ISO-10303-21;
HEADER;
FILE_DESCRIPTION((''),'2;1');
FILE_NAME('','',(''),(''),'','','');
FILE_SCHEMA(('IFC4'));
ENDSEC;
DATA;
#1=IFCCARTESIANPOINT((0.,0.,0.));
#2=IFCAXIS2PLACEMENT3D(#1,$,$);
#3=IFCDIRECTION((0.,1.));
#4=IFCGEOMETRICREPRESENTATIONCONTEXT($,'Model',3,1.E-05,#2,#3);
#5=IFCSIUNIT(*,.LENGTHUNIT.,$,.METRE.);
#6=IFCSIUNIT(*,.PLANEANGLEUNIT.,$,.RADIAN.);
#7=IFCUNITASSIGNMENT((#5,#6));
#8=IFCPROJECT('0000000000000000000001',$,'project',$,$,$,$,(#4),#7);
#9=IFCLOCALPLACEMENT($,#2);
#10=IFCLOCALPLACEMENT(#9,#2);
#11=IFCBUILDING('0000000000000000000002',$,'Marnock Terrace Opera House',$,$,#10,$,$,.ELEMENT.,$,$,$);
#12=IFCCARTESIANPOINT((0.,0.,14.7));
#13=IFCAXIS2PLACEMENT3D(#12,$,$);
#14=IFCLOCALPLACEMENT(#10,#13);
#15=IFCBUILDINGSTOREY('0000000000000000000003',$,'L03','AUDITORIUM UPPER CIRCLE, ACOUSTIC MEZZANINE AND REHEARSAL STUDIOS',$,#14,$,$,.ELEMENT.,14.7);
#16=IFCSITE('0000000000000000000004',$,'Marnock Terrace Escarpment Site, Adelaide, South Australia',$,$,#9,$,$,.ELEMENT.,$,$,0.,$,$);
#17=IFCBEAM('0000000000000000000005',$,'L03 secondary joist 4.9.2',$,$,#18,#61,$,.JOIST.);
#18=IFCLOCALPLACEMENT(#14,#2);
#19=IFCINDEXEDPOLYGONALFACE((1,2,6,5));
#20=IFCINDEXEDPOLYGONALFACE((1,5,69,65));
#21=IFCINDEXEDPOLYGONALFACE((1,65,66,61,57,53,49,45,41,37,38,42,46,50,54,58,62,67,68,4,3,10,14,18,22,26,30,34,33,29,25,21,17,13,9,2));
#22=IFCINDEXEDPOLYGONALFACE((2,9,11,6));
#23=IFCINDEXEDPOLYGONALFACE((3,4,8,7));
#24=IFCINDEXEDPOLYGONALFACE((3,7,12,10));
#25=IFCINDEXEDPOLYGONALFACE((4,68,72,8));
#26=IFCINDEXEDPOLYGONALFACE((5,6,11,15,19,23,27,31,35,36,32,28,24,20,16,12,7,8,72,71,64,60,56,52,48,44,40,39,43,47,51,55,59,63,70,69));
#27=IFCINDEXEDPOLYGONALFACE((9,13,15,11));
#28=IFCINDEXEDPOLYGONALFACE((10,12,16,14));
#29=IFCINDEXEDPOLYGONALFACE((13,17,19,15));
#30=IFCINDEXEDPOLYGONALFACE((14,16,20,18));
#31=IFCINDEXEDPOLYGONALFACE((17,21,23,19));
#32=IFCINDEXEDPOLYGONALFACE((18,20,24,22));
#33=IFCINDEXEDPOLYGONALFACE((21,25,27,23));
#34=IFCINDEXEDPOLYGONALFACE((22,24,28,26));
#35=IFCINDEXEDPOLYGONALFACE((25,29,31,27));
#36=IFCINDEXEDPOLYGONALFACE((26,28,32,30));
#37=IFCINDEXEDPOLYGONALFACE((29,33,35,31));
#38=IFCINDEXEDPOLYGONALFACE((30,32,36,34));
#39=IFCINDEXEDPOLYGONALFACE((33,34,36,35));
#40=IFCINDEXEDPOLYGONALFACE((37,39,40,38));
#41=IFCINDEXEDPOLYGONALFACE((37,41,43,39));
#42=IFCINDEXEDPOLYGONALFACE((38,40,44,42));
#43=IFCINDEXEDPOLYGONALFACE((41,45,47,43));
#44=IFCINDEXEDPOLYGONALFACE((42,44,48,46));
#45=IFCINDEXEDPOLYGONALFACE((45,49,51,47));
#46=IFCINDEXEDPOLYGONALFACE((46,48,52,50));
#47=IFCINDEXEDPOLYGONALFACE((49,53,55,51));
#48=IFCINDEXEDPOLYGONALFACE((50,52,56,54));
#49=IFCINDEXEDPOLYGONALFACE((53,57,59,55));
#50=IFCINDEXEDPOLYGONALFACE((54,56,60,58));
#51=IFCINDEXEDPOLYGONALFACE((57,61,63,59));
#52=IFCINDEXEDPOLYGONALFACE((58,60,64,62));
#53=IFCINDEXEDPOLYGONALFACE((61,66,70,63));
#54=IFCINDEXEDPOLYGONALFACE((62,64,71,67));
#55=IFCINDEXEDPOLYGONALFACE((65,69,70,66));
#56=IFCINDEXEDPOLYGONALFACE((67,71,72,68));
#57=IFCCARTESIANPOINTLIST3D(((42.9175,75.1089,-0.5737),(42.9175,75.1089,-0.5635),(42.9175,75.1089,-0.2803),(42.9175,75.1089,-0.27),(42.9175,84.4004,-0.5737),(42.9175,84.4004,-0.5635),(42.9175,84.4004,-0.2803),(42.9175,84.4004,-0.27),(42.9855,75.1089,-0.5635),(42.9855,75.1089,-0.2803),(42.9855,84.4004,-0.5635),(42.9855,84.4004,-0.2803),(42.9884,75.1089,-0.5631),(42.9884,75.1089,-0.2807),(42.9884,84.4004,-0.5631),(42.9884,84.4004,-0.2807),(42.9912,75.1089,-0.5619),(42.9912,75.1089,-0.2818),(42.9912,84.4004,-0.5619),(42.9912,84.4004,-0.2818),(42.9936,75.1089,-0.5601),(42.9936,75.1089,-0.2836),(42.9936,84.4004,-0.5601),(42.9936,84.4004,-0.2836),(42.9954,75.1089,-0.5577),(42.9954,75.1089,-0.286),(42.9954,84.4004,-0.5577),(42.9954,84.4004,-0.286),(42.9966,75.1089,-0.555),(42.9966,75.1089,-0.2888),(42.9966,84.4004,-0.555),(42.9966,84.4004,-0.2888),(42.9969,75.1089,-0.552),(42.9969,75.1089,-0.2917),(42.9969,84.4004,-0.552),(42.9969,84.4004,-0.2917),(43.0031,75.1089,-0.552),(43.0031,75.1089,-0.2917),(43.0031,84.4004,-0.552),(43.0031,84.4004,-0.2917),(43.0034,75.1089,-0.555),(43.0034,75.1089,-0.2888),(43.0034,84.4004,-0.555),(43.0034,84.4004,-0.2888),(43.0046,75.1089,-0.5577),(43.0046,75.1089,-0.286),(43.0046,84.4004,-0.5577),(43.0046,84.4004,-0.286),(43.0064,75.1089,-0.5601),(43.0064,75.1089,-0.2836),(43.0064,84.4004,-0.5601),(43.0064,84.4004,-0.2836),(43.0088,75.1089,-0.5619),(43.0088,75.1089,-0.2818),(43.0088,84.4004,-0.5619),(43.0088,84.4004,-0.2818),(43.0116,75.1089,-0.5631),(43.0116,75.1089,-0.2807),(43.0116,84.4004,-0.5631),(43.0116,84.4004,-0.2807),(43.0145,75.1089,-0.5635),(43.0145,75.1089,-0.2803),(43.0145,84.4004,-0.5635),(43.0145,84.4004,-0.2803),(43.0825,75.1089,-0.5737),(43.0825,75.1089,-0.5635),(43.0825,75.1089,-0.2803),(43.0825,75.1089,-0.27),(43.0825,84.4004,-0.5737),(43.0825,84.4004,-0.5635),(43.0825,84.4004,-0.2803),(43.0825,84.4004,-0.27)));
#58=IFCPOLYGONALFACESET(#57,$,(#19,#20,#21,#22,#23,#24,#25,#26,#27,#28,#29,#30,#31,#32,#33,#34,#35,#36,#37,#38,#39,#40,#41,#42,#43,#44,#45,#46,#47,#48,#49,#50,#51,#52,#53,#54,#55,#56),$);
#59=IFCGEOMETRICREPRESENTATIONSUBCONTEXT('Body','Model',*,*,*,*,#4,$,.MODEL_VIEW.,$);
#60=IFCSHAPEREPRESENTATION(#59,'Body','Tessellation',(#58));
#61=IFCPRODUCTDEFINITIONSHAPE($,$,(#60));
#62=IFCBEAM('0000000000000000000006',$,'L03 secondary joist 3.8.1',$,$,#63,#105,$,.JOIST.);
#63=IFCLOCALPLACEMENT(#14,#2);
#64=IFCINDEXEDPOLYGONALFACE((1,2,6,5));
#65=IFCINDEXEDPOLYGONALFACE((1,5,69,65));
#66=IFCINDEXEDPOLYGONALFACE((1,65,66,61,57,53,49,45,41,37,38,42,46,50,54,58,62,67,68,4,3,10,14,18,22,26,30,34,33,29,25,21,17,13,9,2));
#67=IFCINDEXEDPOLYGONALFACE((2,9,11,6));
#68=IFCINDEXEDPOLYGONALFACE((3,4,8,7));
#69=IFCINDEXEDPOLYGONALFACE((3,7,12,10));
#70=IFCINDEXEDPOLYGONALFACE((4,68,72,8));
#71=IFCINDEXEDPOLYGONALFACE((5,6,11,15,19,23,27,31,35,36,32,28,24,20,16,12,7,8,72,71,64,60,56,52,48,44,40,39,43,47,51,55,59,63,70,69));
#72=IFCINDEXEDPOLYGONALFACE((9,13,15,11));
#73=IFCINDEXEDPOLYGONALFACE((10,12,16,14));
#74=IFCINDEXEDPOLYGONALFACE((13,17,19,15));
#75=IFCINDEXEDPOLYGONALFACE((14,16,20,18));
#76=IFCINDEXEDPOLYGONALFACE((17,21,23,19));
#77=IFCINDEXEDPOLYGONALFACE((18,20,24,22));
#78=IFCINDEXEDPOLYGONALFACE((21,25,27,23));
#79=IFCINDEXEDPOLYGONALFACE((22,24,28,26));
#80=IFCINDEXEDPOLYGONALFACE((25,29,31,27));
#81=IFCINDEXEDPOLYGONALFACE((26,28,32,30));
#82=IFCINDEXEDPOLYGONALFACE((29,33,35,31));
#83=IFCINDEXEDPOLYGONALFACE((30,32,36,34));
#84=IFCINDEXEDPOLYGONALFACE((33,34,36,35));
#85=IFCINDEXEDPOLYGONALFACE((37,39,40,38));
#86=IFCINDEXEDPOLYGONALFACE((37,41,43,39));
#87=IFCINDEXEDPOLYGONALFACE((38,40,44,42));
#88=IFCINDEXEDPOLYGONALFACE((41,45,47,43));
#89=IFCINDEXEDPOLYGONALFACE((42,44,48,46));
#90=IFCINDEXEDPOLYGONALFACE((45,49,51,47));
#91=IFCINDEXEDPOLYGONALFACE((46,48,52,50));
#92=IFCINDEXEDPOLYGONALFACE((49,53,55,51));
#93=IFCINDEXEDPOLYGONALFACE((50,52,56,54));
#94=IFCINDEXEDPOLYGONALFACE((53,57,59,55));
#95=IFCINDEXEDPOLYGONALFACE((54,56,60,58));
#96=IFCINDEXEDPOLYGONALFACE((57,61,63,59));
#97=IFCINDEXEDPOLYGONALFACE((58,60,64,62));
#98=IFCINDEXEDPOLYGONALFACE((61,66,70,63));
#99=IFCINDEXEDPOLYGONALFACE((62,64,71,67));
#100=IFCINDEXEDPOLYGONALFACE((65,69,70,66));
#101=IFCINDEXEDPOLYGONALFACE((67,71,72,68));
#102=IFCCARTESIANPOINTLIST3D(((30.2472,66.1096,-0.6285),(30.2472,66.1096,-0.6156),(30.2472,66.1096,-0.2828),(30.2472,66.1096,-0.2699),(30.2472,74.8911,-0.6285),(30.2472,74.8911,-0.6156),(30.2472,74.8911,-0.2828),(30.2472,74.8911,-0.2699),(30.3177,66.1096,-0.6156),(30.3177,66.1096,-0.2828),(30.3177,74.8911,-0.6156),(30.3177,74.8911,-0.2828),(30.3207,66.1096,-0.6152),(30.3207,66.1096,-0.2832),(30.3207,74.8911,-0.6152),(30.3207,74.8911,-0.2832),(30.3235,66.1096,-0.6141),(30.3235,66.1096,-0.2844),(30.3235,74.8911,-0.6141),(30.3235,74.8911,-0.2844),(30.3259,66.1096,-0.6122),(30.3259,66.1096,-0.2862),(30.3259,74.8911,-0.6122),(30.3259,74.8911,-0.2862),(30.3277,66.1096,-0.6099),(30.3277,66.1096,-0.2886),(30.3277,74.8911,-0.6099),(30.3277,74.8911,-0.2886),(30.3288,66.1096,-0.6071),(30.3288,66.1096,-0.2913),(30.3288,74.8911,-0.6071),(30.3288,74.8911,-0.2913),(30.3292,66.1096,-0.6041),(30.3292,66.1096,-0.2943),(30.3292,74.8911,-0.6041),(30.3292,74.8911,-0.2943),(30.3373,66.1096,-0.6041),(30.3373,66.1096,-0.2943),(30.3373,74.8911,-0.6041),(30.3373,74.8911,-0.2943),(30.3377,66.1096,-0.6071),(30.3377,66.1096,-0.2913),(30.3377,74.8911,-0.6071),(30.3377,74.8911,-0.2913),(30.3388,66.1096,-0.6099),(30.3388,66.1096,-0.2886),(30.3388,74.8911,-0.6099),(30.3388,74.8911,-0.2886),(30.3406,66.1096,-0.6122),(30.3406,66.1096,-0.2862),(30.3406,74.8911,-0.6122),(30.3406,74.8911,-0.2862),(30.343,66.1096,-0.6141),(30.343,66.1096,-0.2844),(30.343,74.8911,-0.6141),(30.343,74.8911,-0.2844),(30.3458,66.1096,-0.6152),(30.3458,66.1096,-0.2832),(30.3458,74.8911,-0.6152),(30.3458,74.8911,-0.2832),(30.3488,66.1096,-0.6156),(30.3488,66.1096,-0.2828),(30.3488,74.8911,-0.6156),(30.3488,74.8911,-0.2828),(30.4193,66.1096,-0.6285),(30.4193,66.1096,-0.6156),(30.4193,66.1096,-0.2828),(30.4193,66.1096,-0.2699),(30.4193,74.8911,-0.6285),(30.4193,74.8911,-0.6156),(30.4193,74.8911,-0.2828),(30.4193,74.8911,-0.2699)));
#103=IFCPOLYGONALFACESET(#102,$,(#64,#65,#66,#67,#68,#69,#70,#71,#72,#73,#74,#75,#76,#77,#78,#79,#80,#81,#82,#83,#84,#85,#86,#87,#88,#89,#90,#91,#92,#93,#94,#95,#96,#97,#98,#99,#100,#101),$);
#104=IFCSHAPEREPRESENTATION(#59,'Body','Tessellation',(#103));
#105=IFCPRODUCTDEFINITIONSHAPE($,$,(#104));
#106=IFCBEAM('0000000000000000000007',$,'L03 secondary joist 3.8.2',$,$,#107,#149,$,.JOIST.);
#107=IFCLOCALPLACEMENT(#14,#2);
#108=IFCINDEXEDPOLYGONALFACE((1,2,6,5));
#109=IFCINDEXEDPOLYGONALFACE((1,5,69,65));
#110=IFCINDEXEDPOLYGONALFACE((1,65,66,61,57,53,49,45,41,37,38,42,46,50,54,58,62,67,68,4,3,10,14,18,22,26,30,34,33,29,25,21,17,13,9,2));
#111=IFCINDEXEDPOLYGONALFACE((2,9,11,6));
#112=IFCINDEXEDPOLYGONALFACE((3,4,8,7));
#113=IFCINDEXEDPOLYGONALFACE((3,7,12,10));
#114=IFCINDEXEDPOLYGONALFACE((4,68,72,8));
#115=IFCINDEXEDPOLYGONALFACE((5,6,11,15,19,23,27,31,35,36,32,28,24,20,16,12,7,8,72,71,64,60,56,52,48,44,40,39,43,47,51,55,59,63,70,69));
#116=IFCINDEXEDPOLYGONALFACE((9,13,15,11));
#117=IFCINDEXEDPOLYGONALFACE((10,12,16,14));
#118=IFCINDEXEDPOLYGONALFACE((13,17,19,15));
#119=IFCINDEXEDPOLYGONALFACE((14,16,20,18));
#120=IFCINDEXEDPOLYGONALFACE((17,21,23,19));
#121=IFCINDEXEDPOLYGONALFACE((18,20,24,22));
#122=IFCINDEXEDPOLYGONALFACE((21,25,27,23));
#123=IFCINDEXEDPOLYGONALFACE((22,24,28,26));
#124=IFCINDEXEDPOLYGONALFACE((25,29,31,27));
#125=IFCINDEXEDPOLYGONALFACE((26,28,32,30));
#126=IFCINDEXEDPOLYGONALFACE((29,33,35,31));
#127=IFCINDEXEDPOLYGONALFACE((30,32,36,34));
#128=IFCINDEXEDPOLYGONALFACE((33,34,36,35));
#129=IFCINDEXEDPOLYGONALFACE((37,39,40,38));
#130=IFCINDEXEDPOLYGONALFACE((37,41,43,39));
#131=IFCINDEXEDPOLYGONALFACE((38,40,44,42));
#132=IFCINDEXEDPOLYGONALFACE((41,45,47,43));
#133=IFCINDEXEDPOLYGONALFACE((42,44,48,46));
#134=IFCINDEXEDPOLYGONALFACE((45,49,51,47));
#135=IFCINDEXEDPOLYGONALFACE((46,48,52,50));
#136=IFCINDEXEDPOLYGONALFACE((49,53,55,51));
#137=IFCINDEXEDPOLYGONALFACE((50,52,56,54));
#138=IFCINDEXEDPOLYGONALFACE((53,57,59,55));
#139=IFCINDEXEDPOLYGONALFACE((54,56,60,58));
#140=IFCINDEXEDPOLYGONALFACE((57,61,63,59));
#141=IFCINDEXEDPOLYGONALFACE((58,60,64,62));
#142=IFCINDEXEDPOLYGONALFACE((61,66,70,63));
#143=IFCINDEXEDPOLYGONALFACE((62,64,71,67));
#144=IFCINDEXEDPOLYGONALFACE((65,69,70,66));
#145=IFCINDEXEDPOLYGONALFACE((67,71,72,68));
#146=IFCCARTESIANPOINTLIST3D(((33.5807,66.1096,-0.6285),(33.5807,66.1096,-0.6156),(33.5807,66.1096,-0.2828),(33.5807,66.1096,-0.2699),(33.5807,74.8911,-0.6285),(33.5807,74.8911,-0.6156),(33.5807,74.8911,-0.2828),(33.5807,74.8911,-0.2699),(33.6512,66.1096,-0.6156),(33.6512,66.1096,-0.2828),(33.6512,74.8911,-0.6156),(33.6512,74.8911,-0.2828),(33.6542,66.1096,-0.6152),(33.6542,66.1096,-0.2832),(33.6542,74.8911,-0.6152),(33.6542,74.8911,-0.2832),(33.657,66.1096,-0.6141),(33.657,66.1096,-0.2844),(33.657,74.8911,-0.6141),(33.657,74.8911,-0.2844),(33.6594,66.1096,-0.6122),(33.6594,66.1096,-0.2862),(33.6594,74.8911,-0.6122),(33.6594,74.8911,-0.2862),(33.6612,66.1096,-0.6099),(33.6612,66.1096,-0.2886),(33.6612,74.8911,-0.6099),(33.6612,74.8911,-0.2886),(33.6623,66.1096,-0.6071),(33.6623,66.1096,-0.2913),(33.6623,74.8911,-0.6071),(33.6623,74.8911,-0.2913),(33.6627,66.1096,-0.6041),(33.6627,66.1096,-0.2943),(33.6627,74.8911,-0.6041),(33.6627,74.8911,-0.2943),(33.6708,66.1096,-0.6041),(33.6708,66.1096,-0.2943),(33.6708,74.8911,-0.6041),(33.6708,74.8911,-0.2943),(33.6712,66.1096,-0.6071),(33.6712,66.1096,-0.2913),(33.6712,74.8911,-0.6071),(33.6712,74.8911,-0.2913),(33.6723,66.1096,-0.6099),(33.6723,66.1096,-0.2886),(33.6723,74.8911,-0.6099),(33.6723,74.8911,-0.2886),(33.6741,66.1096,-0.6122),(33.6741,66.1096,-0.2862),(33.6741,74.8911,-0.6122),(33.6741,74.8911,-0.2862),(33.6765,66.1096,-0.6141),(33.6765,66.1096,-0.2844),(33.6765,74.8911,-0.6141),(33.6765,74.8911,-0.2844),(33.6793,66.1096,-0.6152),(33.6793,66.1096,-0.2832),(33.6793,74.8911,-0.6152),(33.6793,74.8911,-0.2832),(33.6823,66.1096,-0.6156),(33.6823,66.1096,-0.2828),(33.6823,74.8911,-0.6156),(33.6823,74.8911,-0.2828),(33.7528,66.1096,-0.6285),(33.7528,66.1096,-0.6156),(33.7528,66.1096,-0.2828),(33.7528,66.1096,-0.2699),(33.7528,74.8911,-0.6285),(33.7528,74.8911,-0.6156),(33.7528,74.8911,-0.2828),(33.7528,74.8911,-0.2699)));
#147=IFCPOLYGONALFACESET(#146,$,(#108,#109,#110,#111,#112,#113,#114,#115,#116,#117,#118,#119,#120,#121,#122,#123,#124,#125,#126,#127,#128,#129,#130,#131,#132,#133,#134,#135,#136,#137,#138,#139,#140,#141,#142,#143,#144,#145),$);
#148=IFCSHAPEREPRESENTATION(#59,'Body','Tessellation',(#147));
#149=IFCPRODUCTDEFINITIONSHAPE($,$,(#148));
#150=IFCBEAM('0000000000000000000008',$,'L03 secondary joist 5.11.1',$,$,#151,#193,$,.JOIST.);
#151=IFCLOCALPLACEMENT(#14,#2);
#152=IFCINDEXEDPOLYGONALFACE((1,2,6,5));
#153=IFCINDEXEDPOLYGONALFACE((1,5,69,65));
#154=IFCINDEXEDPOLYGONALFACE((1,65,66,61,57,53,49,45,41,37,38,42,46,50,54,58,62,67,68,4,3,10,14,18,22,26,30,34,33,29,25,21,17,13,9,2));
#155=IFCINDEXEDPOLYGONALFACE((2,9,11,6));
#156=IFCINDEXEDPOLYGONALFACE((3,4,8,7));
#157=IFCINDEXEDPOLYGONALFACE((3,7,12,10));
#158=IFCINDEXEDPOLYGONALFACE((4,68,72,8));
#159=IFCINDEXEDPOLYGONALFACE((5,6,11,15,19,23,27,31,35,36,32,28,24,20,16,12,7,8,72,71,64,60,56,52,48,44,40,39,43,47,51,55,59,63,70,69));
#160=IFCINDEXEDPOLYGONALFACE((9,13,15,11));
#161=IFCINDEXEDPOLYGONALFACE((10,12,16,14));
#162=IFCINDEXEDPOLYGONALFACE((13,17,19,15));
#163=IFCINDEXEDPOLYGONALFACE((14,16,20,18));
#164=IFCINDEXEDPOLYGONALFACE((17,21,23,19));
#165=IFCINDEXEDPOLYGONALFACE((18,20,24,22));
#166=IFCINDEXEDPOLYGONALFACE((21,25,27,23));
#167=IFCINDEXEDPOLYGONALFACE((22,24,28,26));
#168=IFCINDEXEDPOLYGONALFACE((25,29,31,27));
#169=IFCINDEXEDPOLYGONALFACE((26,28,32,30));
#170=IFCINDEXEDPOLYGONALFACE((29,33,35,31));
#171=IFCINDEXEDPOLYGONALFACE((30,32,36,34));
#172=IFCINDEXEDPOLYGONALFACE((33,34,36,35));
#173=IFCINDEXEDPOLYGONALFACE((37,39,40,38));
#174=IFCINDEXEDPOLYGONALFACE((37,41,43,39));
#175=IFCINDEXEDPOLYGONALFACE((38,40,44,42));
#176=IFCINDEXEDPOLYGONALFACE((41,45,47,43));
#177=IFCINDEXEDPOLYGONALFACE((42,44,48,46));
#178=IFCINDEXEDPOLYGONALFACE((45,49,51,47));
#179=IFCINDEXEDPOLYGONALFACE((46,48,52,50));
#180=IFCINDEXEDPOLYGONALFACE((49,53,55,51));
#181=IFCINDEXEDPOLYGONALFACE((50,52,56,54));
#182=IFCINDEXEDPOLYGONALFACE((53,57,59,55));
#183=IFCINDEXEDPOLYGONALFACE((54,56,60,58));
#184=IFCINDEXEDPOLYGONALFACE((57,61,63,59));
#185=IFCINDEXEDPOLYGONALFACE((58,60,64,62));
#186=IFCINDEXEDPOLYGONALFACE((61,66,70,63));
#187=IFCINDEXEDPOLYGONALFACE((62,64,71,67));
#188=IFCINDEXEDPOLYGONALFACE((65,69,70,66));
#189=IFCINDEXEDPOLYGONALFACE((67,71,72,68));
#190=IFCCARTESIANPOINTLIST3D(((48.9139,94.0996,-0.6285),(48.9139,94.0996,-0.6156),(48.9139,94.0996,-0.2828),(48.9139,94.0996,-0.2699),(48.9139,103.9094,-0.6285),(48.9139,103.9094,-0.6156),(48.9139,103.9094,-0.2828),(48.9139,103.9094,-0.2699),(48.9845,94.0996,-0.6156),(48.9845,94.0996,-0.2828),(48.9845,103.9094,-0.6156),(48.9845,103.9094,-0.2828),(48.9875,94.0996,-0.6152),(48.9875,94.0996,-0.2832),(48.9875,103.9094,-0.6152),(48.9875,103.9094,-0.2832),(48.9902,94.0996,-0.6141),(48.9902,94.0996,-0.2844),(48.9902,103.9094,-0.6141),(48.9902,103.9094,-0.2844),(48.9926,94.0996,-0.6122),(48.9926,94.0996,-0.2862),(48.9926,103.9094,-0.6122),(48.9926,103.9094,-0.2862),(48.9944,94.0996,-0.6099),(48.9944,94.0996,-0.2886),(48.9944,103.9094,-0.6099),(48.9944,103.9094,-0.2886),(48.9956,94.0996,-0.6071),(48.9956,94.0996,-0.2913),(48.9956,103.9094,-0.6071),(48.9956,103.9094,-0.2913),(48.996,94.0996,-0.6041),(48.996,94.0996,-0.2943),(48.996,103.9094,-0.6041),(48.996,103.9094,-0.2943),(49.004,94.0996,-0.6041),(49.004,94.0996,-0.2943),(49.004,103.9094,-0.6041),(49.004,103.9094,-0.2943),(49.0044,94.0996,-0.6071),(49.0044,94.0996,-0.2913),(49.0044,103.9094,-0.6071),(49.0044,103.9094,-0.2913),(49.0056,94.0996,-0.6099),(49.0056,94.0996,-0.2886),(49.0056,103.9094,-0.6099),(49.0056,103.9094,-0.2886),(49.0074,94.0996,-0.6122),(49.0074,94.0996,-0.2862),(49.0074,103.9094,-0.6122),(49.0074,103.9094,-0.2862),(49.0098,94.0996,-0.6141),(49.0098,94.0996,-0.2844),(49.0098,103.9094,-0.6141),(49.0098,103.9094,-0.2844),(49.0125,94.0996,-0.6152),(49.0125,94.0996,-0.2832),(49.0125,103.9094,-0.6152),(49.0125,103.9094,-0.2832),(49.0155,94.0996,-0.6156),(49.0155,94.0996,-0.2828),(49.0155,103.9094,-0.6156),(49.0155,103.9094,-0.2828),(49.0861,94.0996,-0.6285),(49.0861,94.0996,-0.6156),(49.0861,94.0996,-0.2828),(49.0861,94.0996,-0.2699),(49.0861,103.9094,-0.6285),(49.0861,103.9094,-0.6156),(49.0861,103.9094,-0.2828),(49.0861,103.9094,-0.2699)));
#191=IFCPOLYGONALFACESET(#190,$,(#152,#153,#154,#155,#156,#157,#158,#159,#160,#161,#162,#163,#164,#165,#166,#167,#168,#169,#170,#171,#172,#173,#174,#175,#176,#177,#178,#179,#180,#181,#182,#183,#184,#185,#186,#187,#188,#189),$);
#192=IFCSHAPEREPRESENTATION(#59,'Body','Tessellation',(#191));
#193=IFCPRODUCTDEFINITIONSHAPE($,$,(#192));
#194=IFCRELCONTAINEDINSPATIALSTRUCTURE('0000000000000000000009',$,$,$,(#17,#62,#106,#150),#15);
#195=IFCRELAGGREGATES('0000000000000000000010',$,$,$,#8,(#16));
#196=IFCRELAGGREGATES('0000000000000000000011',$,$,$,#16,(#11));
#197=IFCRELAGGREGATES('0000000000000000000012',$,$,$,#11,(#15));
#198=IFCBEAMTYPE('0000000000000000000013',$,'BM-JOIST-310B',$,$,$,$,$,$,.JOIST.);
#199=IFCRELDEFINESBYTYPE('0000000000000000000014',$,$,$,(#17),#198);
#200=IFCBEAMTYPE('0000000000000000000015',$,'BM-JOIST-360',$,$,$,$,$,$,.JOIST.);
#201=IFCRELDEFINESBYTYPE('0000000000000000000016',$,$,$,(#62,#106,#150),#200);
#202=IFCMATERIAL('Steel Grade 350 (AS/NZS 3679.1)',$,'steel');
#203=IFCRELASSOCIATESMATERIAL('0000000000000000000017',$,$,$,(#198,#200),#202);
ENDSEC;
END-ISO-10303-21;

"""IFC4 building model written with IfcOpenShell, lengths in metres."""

from ifc_helpers import new_model, si_unit, direction, frame, origin, origin_2d, place, context, subcontext, project, spatial, i_section, extrude, material, material_profile, profile_set, type_object, element, save


model = new_model("IFC4")

# Units and contexts
model_context = context("Model", 3, precision=1e-05, world=origin(), true_north=direction((0.0, 1.0)))
body_context = subcontext(model_context, "Body", "Model", "MODEL_VIEW")
ifc_project = project(units=[si_unit("LENGTHUNIT", "METRE"), si_unit("PLANEANGLEUNIT", "RADIAN")], contexts=[model_context])

# Site, building, storey
site_placement = place(None, origin())
site = spatial("IfcSite", under=ifc_project, at=site_placement, Name="Marnock Terrace Escarpment Site, Adelaide, South Australia", CompositionType="ELEMENT", RefElevation=0.0)
building_placement = place(site_placement, origin())
building = spatial("IfcBuilding", under=site, at=building_placement, Name="Marnock Terrace Opera House", CompositionType="ELEMENT")
storey_placement = place(building_placement, frame((0.0, 0.0, 14.7)))
storey = spatial("IfcBuildingStorey", under=building, at=storey_placement, Name="L03", Description="AUDITORIUM UPPER CIRCLE, ACOUSTIC MEZZANINE AND REHEARSAL STUDIOS", CompositionType="ELEMENT", Elevation=14.7)

# Beams
ifc_material_1 = material(Name="Steel Grade 350 (AS/NZS 3679.1)", Category="steel")
ifc_material_profile_1 = material_profile(ifc_material_1, i_section(OverallWidth=0.165, OverallDepth=0.3037, WebThickness=0.0061, FlangeThickness=0.0103, FilletRadius=0.0115, at=origin_2d()))
ifc_profile_set_1 = profile_set([ifc_material_profile_1], Name="Steel Grade 350 (AS/NZS 3679.1)")
beam_type_1 = type_object("IfcBeamType", Name="BM-JOIST-310B", PredefinedType="JOIST", material=ifc_profile_set_1)
for number, where, z_axis, x_axis, name in (
    (1, (43.0, 75.1089, -0.4219), (0.0, 1.0, 0.0), (-1.0, 0.0, 0.0), "L03 secondary joist 4.9.2"),
):
    element("IfcBeam", number, at=place(storey_placement, frame(where, z_axis=z_axis, x_axis=x_axis)), inside=storey, type_object=beam_type_1, Name=name, PredefinedType="JOIST", context=body_context, shape_type="SweptSolid", body=[
        extrude(i_section(OverallWidth=0.165, OverallDepth=0.3037, WebThickness=0.0061, FlangeThickness=0.0103, FilletRadius=0.0115, at=origin_2d()), origin(), (0.0, 0.0, 1.0), 9.2915),
    ])
ifc_material_profile_2 = material_profile(ifc_material_1, i_section(OverallWidth=0.1721, OverallDepth=0.3586, WebThickness=0.0081, FlangeThickness=0.0129, FilletRadius=0.0115, at=origin_2d()))
ifc_profile_set_2 = profile_set([ifc_material_profile_2], Name="Steel Grade 350 (AS/NZS 3679.1)")
beam_type_2 = type_object("IfcBeamType", Name="BM-JOIST-360", PredefinedType="JOIST", material=ifc_profile_set_2)
for number, where, z_axis, x_axis, name in (
    (2, (30.3333, 66.1096, -0.4492), (0.0, 1.0, 0.0), (-1.0, 0.0, 0.0), "L03 secondary joist 3.8.1"),
    (3, (33.6667, 66.1096, -0.4492), (0.0, 1.0, 0.0), (-1.0, 0.0, 0.0), "L03 secondary joist 3.8.2"),
):
    element("IfcBeam", number, at=place(storey_placement, frame(where, z_axis=z_axis, x_axis=x_axis)), inside=storey, type_object=beam_type_2, Name=name, PredefinedType="JOIST", context=body_context, shape_type="SweptSolid", body=[
        extrude(i_section(OverallWidth=0.1721, OverallDepth=0.3586, WebThickness=0.0081, FlangeThickness=0.0129, FilletRadius=0.0115, at=origin_2d()), origin(), (0.0, 0.0, 1.0), 8.7815),
    ])
for number, where, z_axis, x_axis, name in (
    (4, (49.0, 94.0996, -0.4492), (0.0, 1.0, 0.0), (-1.0, 0.0, 0.0), "L03 secondary joist 5.11.1"),
):
    element("IfcBeam", number, at=place(storey_placement, frame(where, z_axis=z_axis, x_axis=x_axis)), inside=storey, type_object=beam_type_2, Name=name, PredefinedType="JOIST", context=body_context, shape_type="SweptSolid", body=[
        extrude(i_section(OverallWidth=0.1721, OverallDepth=0.3586, WebThickness=0.0081, FlangeThickness=0.0129, FilletRadius=0.0115, at=origin_2d()), origin(), (0.0, 0.0, 1.0), 9.8098),
    ])

save(model, "model.ifc")
